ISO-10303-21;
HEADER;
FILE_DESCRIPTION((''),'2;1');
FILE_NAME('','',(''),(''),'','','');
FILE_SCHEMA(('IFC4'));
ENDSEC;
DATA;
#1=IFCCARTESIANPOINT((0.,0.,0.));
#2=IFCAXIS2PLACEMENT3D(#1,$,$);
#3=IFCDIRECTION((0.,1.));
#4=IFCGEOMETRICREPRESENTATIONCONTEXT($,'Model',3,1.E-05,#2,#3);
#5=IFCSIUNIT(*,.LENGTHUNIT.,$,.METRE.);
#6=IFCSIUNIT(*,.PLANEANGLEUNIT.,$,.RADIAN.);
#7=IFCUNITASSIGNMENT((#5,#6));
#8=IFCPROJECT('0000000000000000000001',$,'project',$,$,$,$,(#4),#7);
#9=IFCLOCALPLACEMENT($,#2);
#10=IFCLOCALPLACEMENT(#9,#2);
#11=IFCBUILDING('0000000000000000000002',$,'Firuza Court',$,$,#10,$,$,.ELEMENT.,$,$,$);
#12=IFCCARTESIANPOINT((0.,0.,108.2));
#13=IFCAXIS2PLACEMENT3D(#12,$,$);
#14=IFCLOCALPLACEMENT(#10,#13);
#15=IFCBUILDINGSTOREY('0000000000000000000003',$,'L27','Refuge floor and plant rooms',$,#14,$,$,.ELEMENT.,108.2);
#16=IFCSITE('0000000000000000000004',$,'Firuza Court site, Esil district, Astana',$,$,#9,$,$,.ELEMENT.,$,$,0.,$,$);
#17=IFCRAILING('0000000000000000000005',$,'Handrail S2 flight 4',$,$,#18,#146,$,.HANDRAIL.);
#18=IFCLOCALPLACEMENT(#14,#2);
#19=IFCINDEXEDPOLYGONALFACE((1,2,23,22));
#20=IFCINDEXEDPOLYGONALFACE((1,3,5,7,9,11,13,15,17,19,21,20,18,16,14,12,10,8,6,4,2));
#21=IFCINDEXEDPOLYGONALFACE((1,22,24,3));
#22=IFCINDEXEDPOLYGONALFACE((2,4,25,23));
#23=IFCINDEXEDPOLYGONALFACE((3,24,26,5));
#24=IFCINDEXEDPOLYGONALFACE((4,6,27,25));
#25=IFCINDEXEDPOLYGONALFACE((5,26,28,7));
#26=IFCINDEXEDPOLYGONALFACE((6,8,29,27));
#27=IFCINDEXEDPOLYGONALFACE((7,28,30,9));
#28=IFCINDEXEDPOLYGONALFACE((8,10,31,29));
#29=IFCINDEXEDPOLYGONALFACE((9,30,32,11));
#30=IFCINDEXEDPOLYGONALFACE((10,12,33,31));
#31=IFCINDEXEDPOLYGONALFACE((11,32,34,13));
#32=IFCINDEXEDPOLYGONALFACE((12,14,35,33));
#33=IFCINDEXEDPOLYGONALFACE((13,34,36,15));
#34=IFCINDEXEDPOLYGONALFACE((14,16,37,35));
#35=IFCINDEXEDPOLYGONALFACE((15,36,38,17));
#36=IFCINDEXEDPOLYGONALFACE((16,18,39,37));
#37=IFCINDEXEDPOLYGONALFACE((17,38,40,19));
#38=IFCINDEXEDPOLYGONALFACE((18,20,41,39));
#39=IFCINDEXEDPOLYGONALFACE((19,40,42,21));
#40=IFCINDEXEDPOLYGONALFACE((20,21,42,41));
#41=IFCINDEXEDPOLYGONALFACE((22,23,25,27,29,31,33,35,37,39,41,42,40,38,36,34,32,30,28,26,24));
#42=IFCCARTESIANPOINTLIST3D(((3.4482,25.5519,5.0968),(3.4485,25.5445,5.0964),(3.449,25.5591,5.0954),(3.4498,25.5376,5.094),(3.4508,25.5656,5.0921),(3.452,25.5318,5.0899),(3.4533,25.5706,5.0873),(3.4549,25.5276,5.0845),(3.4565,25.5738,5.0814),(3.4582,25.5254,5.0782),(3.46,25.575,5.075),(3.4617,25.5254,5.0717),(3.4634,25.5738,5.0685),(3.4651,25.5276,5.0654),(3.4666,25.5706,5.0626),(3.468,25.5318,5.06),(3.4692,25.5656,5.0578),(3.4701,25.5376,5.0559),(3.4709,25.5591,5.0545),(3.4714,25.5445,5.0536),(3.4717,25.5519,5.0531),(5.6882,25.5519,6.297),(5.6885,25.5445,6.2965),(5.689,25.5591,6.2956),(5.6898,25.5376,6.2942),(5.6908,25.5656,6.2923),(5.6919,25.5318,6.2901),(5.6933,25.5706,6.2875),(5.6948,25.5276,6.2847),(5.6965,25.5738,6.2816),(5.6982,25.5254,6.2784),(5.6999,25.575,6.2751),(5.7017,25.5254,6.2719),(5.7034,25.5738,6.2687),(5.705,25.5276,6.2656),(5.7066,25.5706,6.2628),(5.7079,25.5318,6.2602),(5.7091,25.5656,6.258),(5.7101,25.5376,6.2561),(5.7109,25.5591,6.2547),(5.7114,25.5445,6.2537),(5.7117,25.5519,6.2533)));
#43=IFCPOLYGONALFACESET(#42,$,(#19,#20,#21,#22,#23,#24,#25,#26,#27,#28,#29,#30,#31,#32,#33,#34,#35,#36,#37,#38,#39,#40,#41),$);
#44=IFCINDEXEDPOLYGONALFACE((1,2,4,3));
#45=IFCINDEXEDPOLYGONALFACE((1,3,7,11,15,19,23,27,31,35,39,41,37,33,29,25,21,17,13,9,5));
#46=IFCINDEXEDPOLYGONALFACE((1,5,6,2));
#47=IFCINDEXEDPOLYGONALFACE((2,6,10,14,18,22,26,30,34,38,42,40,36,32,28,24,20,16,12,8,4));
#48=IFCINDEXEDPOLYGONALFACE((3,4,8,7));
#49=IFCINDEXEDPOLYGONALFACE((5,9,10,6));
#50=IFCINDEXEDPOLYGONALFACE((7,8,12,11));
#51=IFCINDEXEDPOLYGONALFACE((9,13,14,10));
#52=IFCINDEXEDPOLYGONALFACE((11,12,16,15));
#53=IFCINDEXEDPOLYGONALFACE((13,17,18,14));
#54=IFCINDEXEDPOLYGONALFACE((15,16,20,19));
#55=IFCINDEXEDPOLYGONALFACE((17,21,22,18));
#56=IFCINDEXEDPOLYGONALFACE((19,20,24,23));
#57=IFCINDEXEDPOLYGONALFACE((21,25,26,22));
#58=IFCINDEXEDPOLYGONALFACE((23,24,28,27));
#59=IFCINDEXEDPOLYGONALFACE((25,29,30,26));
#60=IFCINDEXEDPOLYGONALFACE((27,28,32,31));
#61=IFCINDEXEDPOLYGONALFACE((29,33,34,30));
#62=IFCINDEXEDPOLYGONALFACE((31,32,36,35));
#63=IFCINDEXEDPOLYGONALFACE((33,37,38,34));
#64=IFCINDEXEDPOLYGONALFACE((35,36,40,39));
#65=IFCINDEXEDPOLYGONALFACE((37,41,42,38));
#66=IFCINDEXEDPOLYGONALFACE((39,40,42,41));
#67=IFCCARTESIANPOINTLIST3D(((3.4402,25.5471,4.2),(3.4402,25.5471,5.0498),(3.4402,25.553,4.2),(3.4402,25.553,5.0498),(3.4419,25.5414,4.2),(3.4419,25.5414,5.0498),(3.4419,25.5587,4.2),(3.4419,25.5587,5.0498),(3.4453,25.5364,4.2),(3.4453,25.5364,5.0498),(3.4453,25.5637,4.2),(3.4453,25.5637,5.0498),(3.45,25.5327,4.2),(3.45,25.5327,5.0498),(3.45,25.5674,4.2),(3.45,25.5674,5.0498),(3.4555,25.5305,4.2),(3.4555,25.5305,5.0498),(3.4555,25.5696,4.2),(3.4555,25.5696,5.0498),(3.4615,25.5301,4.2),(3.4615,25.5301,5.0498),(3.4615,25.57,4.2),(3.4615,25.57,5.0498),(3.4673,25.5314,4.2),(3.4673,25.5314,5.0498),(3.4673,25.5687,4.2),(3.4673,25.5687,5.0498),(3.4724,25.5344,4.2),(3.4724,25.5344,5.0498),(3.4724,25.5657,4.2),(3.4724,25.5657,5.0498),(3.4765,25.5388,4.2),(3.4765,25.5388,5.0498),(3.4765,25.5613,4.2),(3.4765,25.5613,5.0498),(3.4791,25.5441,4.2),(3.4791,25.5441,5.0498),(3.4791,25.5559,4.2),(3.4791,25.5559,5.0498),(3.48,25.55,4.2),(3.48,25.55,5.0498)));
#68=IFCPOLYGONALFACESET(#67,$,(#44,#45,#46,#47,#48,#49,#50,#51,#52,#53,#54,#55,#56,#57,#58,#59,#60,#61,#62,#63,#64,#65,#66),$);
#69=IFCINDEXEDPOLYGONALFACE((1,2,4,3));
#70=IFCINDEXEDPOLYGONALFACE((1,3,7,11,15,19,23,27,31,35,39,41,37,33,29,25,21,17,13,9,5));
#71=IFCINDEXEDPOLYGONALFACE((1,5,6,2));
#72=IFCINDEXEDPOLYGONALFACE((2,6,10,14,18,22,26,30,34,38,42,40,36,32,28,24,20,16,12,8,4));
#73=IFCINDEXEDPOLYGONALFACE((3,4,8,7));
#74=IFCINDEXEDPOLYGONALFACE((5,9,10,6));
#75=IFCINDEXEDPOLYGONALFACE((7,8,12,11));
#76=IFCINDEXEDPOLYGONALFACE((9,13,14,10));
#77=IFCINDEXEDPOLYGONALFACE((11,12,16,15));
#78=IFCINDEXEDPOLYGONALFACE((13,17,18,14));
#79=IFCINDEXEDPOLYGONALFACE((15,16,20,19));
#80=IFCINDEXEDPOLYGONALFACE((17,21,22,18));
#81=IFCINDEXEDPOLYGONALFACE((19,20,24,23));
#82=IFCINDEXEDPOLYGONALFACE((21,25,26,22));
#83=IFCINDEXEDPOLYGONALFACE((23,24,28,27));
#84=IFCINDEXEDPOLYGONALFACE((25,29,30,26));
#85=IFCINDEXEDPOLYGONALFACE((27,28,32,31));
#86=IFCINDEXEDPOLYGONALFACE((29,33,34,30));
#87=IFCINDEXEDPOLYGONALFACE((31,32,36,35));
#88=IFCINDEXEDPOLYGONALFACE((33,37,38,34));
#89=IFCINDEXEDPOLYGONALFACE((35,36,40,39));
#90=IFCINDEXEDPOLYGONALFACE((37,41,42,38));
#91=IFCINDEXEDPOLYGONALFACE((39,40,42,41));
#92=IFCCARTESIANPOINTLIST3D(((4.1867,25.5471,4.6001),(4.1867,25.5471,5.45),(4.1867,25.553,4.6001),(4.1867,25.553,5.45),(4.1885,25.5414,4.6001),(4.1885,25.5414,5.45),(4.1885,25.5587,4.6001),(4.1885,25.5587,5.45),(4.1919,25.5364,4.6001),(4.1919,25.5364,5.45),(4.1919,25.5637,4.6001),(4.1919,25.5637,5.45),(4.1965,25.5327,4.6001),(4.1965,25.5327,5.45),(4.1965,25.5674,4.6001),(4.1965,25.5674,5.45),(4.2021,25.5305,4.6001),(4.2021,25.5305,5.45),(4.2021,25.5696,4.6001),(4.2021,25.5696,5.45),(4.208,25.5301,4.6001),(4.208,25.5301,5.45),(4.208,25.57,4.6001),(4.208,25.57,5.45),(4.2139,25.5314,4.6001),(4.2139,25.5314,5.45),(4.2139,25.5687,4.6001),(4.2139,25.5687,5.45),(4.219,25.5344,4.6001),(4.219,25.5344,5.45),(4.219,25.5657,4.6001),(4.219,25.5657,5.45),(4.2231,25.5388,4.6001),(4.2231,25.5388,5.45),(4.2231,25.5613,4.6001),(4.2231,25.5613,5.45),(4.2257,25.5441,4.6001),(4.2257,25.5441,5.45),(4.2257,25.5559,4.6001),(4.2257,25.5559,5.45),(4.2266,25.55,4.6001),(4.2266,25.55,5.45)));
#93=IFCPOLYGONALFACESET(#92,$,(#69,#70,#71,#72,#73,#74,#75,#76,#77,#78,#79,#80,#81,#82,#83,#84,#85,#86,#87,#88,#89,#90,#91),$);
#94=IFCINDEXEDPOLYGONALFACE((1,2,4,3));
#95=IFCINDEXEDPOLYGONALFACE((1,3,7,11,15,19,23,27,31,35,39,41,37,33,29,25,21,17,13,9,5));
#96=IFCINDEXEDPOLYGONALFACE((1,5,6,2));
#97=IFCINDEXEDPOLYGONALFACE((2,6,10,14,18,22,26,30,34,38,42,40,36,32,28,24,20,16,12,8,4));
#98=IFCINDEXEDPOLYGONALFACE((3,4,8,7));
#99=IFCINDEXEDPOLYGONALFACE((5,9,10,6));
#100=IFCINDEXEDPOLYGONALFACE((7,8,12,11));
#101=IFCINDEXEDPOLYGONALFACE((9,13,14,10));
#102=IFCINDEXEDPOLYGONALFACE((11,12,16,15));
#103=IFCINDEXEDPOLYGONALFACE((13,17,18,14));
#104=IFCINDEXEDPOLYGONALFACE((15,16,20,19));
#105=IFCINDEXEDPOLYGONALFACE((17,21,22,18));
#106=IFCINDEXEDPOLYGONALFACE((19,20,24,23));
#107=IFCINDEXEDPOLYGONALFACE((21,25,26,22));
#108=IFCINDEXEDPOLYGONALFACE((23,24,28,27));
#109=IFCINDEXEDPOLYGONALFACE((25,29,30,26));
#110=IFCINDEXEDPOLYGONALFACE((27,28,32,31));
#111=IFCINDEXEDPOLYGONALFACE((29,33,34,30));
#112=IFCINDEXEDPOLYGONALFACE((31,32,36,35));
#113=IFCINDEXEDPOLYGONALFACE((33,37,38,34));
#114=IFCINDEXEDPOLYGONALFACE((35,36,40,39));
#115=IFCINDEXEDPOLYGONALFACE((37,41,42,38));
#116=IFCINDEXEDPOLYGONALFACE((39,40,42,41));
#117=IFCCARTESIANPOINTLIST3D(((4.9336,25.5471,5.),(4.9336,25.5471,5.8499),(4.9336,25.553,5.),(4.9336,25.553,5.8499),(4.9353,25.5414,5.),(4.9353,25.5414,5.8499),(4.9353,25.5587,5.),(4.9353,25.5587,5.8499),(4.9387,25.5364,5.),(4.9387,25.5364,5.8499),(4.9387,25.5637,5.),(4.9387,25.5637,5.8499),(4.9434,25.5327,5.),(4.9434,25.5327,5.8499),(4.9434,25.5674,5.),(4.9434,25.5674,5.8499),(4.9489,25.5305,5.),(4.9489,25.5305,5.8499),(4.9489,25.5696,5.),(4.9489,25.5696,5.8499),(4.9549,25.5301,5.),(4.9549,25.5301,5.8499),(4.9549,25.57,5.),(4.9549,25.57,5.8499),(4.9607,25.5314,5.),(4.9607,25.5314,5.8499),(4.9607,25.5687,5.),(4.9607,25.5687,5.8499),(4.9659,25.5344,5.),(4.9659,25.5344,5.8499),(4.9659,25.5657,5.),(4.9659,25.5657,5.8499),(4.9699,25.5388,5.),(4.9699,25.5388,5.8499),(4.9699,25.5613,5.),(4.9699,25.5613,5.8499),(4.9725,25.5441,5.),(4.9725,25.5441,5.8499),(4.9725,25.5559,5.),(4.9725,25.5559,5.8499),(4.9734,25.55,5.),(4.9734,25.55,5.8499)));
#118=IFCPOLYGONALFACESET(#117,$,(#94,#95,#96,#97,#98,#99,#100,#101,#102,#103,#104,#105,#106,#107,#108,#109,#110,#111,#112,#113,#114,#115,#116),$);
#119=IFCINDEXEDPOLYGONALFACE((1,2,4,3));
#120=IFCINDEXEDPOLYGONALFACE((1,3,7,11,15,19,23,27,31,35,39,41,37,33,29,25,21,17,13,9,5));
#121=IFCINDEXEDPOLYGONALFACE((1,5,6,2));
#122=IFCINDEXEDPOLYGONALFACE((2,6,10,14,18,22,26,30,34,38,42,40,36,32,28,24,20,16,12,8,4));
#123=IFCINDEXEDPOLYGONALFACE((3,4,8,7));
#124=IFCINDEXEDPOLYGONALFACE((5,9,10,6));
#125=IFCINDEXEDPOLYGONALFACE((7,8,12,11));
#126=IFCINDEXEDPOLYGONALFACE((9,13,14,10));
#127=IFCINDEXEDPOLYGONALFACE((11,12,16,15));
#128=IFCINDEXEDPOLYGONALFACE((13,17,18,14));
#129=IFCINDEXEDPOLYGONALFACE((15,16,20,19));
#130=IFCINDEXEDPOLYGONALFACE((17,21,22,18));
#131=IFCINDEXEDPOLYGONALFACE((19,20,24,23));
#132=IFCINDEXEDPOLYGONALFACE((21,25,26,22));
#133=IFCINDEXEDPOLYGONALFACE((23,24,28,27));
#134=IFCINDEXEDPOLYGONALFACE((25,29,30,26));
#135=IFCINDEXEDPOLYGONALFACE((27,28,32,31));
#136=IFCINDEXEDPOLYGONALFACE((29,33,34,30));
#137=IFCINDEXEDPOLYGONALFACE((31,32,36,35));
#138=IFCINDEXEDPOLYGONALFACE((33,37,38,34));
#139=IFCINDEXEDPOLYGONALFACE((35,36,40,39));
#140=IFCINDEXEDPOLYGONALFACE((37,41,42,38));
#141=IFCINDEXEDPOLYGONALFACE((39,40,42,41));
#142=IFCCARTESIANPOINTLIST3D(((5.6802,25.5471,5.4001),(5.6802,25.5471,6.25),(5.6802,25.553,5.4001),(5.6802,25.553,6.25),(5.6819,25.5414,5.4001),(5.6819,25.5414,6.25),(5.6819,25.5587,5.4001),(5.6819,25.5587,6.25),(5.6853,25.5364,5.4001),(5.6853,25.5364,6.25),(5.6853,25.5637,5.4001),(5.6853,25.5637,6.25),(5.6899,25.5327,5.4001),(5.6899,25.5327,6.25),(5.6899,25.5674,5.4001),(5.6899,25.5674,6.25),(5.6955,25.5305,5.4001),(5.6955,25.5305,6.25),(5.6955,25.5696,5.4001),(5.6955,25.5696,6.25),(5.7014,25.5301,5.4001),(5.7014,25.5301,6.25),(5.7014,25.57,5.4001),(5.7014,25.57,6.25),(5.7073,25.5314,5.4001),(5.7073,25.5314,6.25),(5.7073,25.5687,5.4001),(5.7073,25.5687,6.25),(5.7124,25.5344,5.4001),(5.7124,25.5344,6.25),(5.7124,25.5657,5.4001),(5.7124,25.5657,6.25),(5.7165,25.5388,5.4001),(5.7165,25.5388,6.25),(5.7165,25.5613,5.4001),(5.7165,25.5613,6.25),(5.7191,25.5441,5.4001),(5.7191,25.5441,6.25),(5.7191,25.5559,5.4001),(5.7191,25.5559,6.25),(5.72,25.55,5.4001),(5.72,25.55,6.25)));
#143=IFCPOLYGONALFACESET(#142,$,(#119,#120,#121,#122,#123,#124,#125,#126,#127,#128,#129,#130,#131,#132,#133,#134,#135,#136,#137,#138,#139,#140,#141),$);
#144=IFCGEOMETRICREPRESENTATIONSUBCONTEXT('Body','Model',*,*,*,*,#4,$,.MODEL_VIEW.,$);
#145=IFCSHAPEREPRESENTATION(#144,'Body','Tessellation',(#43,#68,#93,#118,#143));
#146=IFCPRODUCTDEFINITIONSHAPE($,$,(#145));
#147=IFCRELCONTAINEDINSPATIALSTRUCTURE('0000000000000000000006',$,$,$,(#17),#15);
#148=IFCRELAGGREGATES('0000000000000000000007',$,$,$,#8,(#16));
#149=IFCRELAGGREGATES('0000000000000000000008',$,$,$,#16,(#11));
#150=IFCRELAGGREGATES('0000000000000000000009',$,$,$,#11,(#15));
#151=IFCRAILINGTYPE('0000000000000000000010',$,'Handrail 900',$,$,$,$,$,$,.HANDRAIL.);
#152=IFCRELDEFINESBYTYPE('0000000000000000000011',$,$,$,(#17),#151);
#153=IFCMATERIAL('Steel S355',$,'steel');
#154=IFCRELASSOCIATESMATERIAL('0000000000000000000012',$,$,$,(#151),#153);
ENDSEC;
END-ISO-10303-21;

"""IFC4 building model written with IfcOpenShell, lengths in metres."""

from ifc_helpers import new_model, si_unit, direction, frame, origin, origin_2d, place, context, subcontext, project, spatial, circle, extrude, material, type_object, element, save


model = new_model("IFC4")

# Units and contexts
model_context = context("Model", 3, precision=1e-05, world=origin(), true_north=direction((0.0, 1.0)))
body_context = subcontext(model_context, "Body", "Model", "MODEL_VIEW")
ifc_project = project(units=[si_unit("LENGTHUNIT", "METRE"), si_unit("PLANEANGLEUNIT", "RADIAN")], contexts=[model_context])

# Site, building, storey
site_placement = place(None, origin())
site = spatial("IfcSite", under=ifc_project, at=site_placement, Name="Firuza Court site, Esil district, Astana", CompositionType="ELEMENT", RefElevation=0.0)
building_placement = place(site_placement, origin())
building = spatial("IfcBuilding", under=site, at=building_placement, Name="Firuza Court", CompositionType="ELEMENT")
storey_placement = place(building_placement, frame((0.0, 0.0, 108.2)))
storey = spatial("IfcBuildingStorey", under=building, at=storey_placement, Name="L27", Description="Refuge floor and plant rooms", CompositionType="ELEMENT", Elevation=108.2)

# Railing
ifc_material_1 = material(Name="Steel S355", Category="steel")
railing_type_1 = type_object("IfcRailingType", Name="Handrail 900", PredefinedType="HANDRAIL", material=ifc_material_1)
railing_1_placement = place(storey_placement, frame((3.46, 25.55, 4.2)))
element("IfcRailing", 1, at=railing_1_placement, inside=storey, type_object=railing_type_1, Name="Handrail S2 flight 4", PredefinedType="HANDRAIL", context=body_context, shape_type="SweptSolid", body=[
    extrude(circle(Radius=0.0249, at=origin_2d()), frame((0.0, 0.0, 0.875), z_axis=(0.881447, 0.0, 0.472283), x_axis=(0.0, 1.0, 0.0)), (0.0, 0.0, 1.0), 2.5413),
    extrude(circle(Radius=0.02, at=origin_2d()), origin(), (0.0, 0.0, 1.0), 0.8499),
    extrude(circle(Radius=0.02, at=origin_2d()), frame((0.7466, 0.0, 0.4001)), (0.0, 0.0, 1.0), 0.8499),
    extrude(circle(Radius=0.02, at=origin_2d()), frame((1.4934, 0.0, 0.8)), (0.0, 0.0, 1.0), 0.8499),
    extrude(circle(Radius=0.02, at=origin_2d()), frame((2.24, 0.0, 1.2002)), (0.0, 0.0, 1.0), 0.8499),
])

save(model, "model.ifc")
